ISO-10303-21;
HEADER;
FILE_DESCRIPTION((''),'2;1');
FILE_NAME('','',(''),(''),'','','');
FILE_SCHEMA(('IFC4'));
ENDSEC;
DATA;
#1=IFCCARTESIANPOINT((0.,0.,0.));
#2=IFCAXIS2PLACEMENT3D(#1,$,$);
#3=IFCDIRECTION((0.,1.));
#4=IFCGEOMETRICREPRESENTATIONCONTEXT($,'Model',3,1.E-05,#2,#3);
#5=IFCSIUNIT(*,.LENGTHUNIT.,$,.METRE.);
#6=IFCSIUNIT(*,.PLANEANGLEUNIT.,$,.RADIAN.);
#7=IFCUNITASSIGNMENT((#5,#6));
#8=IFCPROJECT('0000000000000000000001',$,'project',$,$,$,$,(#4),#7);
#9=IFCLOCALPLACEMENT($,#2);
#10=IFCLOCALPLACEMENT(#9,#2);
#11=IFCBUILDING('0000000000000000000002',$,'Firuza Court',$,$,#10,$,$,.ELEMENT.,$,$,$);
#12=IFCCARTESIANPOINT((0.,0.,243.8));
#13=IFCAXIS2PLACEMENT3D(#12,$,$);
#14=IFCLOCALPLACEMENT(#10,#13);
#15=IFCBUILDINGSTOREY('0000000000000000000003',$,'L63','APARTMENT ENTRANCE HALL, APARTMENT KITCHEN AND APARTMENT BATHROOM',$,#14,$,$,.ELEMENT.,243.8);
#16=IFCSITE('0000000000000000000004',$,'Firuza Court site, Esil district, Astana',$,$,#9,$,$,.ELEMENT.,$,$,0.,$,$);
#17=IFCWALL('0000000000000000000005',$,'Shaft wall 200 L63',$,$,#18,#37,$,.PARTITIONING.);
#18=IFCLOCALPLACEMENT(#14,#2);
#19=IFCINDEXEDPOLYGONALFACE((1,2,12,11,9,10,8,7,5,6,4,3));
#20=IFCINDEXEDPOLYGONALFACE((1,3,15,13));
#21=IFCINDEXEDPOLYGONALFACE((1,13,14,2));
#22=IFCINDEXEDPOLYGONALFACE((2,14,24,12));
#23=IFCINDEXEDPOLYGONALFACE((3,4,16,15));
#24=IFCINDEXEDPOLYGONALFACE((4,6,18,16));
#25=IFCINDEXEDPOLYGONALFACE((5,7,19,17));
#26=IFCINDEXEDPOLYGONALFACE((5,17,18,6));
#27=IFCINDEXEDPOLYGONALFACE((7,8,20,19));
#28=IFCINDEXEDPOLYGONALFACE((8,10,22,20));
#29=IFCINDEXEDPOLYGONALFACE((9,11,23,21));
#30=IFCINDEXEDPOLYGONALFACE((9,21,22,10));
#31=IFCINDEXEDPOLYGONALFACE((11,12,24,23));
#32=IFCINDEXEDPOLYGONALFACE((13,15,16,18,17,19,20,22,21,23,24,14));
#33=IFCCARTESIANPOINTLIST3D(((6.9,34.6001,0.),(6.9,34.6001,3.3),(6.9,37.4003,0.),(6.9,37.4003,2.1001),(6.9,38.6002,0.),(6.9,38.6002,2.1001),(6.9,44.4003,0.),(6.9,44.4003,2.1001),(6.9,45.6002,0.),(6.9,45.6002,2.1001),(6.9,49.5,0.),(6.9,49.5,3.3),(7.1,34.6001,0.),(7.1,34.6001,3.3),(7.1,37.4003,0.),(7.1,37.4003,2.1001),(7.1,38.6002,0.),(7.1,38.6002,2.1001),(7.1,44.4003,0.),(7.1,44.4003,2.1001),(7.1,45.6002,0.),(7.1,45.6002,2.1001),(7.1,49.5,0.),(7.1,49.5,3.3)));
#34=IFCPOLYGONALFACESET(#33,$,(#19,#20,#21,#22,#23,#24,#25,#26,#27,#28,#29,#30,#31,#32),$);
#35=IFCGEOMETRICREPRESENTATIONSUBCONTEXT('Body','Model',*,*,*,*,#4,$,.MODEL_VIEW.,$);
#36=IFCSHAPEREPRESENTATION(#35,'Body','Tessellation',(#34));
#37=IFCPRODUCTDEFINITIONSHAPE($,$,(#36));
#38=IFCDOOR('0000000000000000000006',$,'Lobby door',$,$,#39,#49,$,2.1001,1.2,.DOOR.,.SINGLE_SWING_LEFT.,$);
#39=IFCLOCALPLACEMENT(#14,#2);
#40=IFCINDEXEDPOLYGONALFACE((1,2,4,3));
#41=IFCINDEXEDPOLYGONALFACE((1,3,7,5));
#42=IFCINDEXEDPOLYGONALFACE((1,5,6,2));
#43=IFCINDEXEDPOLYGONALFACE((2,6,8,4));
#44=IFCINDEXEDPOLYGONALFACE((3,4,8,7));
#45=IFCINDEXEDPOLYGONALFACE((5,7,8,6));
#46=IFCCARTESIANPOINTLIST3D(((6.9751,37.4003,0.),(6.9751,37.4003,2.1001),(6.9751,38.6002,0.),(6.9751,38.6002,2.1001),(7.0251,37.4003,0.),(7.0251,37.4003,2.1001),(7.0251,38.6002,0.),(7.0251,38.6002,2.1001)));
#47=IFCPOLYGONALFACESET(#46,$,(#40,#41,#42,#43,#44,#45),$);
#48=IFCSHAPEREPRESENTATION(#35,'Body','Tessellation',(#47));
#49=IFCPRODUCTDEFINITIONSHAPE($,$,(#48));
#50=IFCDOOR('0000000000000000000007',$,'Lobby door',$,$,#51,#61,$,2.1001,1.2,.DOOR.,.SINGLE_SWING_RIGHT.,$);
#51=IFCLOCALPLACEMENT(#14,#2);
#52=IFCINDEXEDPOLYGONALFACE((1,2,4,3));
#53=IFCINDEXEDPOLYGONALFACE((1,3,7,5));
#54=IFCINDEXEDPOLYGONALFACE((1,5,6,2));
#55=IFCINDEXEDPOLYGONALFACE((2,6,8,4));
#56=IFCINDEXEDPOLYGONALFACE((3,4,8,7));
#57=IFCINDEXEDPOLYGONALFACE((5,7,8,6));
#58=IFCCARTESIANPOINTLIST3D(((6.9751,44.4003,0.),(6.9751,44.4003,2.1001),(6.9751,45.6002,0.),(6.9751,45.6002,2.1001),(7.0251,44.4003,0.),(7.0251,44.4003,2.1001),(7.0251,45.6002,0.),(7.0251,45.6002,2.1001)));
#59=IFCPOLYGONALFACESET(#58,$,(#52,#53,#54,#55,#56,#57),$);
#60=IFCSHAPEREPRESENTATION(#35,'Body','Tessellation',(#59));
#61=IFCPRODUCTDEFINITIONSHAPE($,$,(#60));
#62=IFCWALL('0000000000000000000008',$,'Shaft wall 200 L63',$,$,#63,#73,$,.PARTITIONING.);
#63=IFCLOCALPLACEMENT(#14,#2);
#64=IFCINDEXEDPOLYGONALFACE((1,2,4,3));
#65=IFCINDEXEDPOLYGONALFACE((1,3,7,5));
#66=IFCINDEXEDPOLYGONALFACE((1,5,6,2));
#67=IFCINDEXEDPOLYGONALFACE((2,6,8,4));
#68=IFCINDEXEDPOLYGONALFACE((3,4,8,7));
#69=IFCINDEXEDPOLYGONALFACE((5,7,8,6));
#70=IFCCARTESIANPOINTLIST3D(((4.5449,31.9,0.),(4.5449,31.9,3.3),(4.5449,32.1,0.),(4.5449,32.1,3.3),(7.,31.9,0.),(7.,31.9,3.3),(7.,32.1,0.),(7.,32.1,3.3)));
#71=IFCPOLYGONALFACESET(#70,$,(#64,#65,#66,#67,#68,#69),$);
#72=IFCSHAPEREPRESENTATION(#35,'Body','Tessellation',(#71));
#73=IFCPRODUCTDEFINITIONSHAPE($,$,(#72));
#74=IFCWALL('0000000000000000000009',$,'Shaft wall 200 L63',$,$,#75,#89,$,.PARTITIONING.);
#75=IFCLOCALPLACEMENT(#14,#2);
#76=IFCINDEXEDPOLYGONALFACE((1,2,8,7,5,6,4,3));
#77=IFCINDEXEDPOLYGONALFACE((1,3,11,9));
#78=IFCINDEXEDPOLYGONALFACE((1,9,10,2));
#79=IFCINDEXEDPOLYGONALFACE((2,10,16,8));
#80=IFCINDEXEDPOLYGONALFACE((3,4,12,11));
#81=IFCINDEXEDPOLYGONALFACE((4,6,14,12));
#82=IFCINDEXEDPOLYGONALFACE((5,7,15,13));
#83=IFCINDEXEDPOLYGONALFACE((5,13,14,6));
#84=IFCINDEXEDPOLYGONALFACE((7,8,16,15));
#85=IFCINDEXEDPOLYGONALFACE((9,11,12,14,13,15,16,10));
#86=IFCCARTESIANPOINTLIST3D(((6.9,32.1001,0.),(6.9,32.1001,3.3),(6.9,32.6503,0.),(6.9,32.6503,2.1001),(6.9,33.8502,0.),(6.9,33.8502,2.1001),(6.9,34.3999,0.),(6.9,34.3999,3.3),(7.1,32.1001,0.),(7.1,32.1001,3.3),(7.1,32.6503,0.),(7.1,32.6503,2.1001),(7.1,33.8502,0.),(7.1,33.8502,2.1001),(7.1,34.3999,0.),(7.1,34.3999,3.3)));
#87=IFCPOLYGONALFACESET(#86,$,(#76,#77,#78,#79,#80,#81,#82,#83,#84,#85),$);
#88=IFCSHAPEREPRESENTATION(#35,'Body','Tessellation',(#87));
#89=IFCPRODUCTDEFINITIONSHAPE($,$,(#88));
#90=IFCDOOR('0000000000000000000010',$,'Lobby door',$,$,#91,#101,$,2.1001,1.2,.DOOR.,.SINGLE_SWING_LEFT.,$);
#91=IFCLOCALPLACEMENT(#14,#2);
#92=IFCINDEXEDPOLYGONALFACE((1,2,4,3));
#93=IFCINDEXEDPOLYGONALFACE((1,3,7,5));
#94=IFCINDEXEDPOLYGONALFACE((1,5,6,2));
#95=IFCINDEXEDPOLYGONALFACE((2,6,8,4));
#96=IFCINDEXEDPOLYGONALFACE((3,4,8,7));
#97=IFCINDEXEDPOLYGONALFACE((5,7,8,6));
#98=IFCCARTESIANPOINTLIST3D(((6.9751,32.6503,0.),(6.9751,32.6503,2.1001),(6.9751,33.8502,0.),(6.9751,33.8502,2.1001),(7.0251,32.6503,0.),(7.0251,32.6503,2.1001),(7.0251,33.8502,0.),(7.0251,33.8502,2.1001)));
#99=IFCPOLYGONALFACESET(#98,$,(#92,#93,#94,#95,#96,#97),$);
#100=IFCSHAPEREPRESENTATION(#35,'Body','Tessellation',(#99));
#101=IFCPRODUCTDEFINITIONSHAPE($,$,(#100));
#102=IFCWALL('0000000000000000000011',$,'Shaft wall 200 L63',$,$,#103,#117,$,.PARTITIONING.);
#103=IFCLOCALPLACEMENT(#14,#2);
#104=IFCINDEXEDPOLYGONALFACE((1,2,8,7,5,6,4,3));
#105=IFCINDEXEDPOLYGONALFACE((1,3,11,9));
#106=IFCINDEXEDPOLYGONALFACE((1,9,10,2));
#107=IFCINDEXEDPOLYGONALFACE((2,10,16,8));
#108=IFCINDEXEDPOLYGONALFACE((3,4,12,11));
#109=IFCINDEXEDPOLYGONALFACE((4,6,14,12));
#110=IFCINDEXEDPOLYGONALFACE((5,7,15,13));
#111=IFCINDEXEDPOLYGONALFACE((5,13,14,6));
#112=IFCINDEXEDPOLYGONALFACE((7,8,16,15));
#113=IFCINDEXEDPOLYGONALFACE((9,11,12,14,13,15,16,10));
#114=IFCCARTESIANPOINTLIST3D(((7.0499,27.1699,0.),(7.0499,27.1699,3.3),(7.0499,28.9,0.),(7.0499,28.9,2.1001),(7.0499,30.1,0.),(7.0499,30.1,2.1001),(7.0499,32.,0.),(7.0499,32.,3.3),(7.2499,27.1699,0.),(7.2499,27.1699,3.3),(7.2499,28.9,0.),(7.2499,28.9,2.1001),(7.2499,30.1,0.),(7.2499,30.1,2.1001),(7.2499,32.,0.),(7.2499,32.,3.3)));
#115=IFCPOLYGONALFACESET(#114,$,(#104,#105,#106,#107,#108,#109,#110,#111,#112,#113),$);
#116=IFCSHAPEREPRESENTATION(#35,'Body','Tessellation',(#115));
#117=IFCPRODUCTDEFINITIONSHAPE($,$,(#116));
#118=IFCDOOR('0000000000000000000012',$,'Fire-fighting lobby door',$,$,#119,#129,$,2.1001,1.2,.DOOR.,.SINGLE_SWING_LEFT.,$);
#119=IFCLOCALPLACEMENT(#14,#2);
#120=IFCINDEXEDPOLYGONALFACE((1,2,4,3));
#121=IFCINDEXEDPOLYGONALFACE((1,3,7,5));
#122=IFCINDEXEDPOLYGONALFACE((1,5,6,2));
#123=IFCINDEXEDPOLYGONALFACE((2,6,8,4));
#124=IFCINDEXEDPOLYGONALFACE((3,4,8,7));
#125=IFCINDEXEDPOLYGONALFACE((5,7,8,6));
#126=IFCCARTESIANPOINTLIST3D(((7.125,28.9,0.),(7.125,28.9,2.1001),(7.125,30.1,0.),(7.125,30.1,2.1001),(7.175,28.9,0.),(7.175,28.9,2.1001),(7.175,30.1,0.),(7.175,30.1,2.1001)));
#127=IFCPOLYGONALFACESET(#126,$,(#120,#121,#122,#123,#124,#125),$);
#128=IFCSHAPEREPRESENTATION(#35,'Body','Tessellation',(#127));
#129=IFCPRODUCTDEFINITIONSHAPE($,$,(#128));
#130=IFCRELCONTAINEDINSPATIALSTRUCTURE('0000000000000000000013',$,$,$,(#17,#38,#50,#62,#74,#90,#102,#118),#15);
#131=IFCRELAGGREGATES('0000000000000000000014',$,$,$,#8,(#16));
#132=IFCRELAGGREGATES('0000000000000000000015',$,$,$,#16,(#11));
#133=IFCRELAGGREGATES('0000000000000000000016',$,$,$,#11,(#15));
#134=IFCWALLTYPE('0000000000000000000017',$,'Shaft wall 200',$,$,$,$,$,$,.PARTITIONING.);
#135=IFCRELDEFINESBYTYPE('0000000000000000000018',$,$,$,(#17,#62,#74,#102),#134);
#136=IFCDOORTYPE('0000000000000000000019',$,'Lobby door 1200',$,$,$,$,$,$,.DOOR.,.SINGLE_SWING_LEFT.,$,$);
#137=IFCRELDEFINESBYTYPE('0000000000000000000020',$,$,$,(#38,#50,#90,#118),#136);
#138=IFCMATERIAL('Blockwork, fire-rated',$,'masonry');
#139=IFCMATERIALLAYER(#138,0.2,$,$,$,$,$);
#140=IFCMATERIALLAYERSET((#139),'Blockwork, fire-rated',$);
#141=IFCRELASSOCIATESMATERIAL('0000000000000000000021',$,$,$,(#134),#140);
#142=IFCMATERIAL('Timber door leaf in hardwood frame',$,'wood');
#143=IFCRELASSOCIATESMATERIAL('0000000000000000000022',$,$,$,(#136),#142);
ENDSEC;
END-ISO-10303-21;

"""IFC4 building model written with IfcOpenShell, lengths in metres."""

from ifc_helpers import new_model, si_unit, direction, frame, frame_2d, origin, place, context, subcontext, project, spatial, rectangle, extrude, material, layer, layer_set, type_object, element, fill, save


model = new_model("IFC4")

# Units and contexts
model_context = context("Model", 3, precision=1e-05, world=origin(), true_north=direction((0.0, 1.0)))
body_context = subcontext(model_context, "Body", "Model", "MODEL_VIEW")
ifc_project = project(units=[si_unit("LENGTHUNIT", "METRE"), si_unit("PLANEANGLEUNIT", "RADIAN")], contexts=[model_context])

# Site, building, storey
site_placement = place(None, origin())
site = spatial("IfcSite", under=ifc_project, at=site_placement, Name="Firuza Court site, Esil district, Astana", CompositionType="ELEMENT", RefElevation=0.0)
building_placement = place(site_placement, origin())
building = spatial("IfcBuilding", under=site, at=building_placement, Name="Firuza Court", CompositionType="ELEMENT")
storey_placement = place(building_placement, frame((0.0, 0.0, 243.8)))
storey = spatial("IfcBuildingStorey", under=building, at=storey_placement, Name="L63", Description="APARTMENT ENTRANCE HALL, APARTMENT KITCHEN AND APARTMENT BATHROOM", CompositionType="ELEMENT", Elevation=243.8)

# Shared definitions
ifc_material_1 = material(Name="Blockwork, fire-rated", Category="masonry")
ifc_layer_1 = layer(ifc_material_1, 0.2)
ifc_layer_set_1 = layer_set([ifc_layer_1], Name="Blockwork, fire-rated")
wall_type_1 = type_object("IfcWallType", Name="Shaft wall 200", PredefinedType="PARTITIONING", material=ifc_layer_set_1)

# Wall, openings, doors
wall_1_placement = place(storey_placement, frame((7.0, 34.6001, 0.0), z_axis=(0.0, 0.0, 1.0), x_axis=(0.0, 1.0, 0.0)))
wall_1 = element("IfcWall", 1, at=wall_1_placement, inside=storey, type_object=wall_type_1, Name="Shaft wall 200 L63", PredefinedType="PARTITIONING", context=body_context, shape_type="SweptSolid", body=[
    extrude(rectangle(XDim=14.8999, YDim=0.2, at=frame_2d((7.45, 0.0))), origin(), (0.0, 0.0, 1.0), 3.3),
])
opening_1_placement = place(wall_1_placement, frame((2.8, 0.0, 0.0)))
opening_1 = element("IfcOpeningElement", 2, at=opening_1_placement, cuts=wall_1, PredefinedType="OPENING", context=body_context, shape_type="SweptSolid", body=[
    extrude(rectangle(XDim=1.2, YDim=2.1001, at=frame_2d((0.6001, 1.05))), frame((0.0, 0.1118, 0.0), z_axis=(0.0, -1.0, 0.0), x_axis=(1.0, 0.0, 0.0)), (0.0, 0.0, 1.0), 0.2239),
])
opening_2_placement = place(wall_1_placement, frame((9.8, 0.0, 0.0)))
opening_2 = element("IfcOpeningElement", 3, at=opening_2_placement, cuts=wall_1, PredefinedType="OPENING", context=body_context, shape_type="SweptSolid", body=[
    extrude(rectangle(XDim=1.2, YDim=2.1001, at=frame_2d((0.6001, 1.05))), frame((0.0, 0.1118, 0.0), z_axis=(0.0, -1.0, 0.0), x_axis=(1.0, 0.0, 0.0)), (0.0, 0.0, 1.0), 0.2239),
])
ifc_material_2 = material(Name="Timber door leaf in hardwood frame", Category="wood")
door_type_1 = type_object("IfcDoorType", Name="Lobby door 1200", OperationType="SINGLE_SWING_LEFT", PredefinedType="DOOR", material=ifc_material_2)
door_1_placement = place(opening_1_placement, origin())
door_1 = element("IfcDoor", 4, at=door_1_placement, inside=storey, type_object=door_type_1, Name="Lobby door", OperationType="SINGLE_SWING_LEFT", OverallHeight=2.1001, OverallWidth=1.2, PredefinedType="DOOR", context=body_context, shape_type="SweptSolid", body=[
    extrude(rectangle(XDim=1.2, YDim=2.1001, at=frame_2d((0.6001, 1.05))), frame((0.0, 0.0249, 0.0), z_axis=(0.0, -1.0, 0.0), x_axis=(1.0, 0.0, 0.0)), (0.0, 0.0, 1.0), 0.05),
])
fill(opening_1, door_1)
door_2_placement = place(opening_2_placement, origin())
door_2 = element("IfcDoor", 5, at=door_2_placement, inside=storey, type_object=door_type_1, Name="Lobby door", OperationType="SINGLE_SWING_RIGHT", OverallHeight=2.1001, OverallWidth=1.2, PredefinedType="DOOR", context=body_context, shape_type="SweptSolid", body=[
    extrude(rectangle(XDim=1.2, YDim=2.1001, at=frame_2d((0.6001, 1.05))), frame((0.0, 0.0249, 0.0), z_axis=(0.0, -1.0, 0.0), x_axis=(1.0, 0.0, 0.0)), (0.0, 0.0, 1.0), 0.05),
])
fill(opening_2, door_2)

# Wall
wall_2_placement = place(storey_placement, frame((4.5449, 32.0, 0.0), z_axis=(0.0, 0.0, 1.0), x_axis=(1.0, 0.0, 0.0)))
element("IfcWall", 6, at=wall_2_placement, inside=storey, type_object=wall_type_1, Name="Shaft wall 200 L63", PredefinedType="PARTITIONING", context=body_context, shape_type="SweptSolid", body=[
    extrude(rectangle(XDim=2.4551, YDim=0.2, at=frame_2d((1.2275, 0.0))), origin(), (0.0, 0.0, 1.0), 3.3),
])

# Walls, openings, doors
wall_3_placement = place(storey_placement, frame((7.0, 32.1001, 0.0), z_axis=(0.0, 0.0, 1.0), x_axis=(0.0, 1.0, 0.0)))
wall_3 = element("IfcWall", 7, at=wall_3_placement, inside=storey, type_object=wall_type_1, Name="Shaft wall 200 L63", PredefinedType="PARTITIONING", context=body_context, shape_type="SweptSolid", body=[
    extrude(rectangle(XDim=2.2998, YDim=0.2, at=frame_2d((1.1499, 0.0))), origin(), (0.0, 0.0, 1.0), 3.3),
])
opening_3_placement = place(wall_3_placement, frame((0.55, 0.0, 0.0)))
opening_3 = element("IfcOpeningElement", 8, at=opening_3_placement, cuts=wall_3, PredefinedType="OPENING", context=body_context, shape_type="SweptSolid", body=[
    extrude(rectangle(XDim=1.2, YDim=2.1001, at=frame_2d((0.6001, 1.05))), frame((0.0, 0.1118, 0.0), z_axis=(0.0, -1.0, 0.0), x_axis=(1.0, 0.0, 0.0)), (0.0, 0.0, 1.0), 0.2239),
])
door_3_placement = place(opening_3_placement, origin())
door_3 = element("IfcDoor", 9, at=door_3_placement, inside=storey, type_object=door_type_1, Name="Lobby door", OperationType="SINGLE_SWING_LEFT", OverallHeight=2.1001, OverallWidth=1.2, PredefinedType="DOOR", context=body_context, shape_type="SweptSolid", body=[
    extrude(rectangle(XDim=1.2, YDim=2.1001, at=frame_2d((0.6001, 1.05))), frame((0.0, 0.0249, 0.0), z_axis=(0.0, -1.0, 0.0), x_axis=(1.0, 0.0, 0.0)), (0.0, 0.0, 1.0), 0.05),
])
fill(opening_3, door_3)
wall_4_placement = place(storey_placement, frame((7.1499, 27.1699, 0.0), z_axis=(0.0, 0.0, 1.0), x_axis=(0.0, 1.0, 0.0)))
wall_4 = element("IfcWall", 10, at=wall_4_placement, inside=storey, type_object=wall_type_1, Name="Shaft wall 200 L63", PredefinedType="PARTITIONING", context=body_context, shape_type="SweptSolid", body=[
    extrude(rectangle(XDim=4.8301, YDim=0.2, at=frame_2d((2.415, 0.0))), origin(), (0.0, 0.0, 1.0), 3.3),
])
opening_4_placement = place(wall_4_placement, frame((1.73, 0.0, 0.0)))
opening_4 = element("IfcOpeningElement", 11, at=opening_4_placement, cuts=wall_4, PredefinedType="OPENING", context=body_context, shape_type="SweptSolid", body=[
    extrude(rectangle(XDim=1.2, YDim=2.1001, at=frame_2d((0.6001, 1.05))), frame((0.0, 0.1118, 0.0), z_axis=(0.0, -1.0, 0.0), x_axis=(1.0, 0.0, 0.0)), (0.0, 0.0, 1.0), 0.2239),
])
door_4_placement = place(opening_4_placement, origin())
door_4 = element("IfcDoor", 12, at=door_4_placement, inside=storey, type_object=door_type_1, Name="Fire-fighting lobby door", OperationType="SINGLE_SWING_LEFT", OverallHeight=2.1001, OverallWidth=1.2, PredefinedType="DOOR", context=body_context, shape_type="SweptSolid", body=[
    extrude(rectangle(XDim=1.2, YDim=2.1001, at=frame_2d((0.6001, 1.05))), frame((0.0, 0.0249, 0.0), z_axis=(0.0, -1.0, 0.0), x_axis=(1.0, 0.0, 0.0)), (0.0, 0.0, 1.0), 0.05),
])
fill(opening_4, door_4)

save(model, "model.ifc")
